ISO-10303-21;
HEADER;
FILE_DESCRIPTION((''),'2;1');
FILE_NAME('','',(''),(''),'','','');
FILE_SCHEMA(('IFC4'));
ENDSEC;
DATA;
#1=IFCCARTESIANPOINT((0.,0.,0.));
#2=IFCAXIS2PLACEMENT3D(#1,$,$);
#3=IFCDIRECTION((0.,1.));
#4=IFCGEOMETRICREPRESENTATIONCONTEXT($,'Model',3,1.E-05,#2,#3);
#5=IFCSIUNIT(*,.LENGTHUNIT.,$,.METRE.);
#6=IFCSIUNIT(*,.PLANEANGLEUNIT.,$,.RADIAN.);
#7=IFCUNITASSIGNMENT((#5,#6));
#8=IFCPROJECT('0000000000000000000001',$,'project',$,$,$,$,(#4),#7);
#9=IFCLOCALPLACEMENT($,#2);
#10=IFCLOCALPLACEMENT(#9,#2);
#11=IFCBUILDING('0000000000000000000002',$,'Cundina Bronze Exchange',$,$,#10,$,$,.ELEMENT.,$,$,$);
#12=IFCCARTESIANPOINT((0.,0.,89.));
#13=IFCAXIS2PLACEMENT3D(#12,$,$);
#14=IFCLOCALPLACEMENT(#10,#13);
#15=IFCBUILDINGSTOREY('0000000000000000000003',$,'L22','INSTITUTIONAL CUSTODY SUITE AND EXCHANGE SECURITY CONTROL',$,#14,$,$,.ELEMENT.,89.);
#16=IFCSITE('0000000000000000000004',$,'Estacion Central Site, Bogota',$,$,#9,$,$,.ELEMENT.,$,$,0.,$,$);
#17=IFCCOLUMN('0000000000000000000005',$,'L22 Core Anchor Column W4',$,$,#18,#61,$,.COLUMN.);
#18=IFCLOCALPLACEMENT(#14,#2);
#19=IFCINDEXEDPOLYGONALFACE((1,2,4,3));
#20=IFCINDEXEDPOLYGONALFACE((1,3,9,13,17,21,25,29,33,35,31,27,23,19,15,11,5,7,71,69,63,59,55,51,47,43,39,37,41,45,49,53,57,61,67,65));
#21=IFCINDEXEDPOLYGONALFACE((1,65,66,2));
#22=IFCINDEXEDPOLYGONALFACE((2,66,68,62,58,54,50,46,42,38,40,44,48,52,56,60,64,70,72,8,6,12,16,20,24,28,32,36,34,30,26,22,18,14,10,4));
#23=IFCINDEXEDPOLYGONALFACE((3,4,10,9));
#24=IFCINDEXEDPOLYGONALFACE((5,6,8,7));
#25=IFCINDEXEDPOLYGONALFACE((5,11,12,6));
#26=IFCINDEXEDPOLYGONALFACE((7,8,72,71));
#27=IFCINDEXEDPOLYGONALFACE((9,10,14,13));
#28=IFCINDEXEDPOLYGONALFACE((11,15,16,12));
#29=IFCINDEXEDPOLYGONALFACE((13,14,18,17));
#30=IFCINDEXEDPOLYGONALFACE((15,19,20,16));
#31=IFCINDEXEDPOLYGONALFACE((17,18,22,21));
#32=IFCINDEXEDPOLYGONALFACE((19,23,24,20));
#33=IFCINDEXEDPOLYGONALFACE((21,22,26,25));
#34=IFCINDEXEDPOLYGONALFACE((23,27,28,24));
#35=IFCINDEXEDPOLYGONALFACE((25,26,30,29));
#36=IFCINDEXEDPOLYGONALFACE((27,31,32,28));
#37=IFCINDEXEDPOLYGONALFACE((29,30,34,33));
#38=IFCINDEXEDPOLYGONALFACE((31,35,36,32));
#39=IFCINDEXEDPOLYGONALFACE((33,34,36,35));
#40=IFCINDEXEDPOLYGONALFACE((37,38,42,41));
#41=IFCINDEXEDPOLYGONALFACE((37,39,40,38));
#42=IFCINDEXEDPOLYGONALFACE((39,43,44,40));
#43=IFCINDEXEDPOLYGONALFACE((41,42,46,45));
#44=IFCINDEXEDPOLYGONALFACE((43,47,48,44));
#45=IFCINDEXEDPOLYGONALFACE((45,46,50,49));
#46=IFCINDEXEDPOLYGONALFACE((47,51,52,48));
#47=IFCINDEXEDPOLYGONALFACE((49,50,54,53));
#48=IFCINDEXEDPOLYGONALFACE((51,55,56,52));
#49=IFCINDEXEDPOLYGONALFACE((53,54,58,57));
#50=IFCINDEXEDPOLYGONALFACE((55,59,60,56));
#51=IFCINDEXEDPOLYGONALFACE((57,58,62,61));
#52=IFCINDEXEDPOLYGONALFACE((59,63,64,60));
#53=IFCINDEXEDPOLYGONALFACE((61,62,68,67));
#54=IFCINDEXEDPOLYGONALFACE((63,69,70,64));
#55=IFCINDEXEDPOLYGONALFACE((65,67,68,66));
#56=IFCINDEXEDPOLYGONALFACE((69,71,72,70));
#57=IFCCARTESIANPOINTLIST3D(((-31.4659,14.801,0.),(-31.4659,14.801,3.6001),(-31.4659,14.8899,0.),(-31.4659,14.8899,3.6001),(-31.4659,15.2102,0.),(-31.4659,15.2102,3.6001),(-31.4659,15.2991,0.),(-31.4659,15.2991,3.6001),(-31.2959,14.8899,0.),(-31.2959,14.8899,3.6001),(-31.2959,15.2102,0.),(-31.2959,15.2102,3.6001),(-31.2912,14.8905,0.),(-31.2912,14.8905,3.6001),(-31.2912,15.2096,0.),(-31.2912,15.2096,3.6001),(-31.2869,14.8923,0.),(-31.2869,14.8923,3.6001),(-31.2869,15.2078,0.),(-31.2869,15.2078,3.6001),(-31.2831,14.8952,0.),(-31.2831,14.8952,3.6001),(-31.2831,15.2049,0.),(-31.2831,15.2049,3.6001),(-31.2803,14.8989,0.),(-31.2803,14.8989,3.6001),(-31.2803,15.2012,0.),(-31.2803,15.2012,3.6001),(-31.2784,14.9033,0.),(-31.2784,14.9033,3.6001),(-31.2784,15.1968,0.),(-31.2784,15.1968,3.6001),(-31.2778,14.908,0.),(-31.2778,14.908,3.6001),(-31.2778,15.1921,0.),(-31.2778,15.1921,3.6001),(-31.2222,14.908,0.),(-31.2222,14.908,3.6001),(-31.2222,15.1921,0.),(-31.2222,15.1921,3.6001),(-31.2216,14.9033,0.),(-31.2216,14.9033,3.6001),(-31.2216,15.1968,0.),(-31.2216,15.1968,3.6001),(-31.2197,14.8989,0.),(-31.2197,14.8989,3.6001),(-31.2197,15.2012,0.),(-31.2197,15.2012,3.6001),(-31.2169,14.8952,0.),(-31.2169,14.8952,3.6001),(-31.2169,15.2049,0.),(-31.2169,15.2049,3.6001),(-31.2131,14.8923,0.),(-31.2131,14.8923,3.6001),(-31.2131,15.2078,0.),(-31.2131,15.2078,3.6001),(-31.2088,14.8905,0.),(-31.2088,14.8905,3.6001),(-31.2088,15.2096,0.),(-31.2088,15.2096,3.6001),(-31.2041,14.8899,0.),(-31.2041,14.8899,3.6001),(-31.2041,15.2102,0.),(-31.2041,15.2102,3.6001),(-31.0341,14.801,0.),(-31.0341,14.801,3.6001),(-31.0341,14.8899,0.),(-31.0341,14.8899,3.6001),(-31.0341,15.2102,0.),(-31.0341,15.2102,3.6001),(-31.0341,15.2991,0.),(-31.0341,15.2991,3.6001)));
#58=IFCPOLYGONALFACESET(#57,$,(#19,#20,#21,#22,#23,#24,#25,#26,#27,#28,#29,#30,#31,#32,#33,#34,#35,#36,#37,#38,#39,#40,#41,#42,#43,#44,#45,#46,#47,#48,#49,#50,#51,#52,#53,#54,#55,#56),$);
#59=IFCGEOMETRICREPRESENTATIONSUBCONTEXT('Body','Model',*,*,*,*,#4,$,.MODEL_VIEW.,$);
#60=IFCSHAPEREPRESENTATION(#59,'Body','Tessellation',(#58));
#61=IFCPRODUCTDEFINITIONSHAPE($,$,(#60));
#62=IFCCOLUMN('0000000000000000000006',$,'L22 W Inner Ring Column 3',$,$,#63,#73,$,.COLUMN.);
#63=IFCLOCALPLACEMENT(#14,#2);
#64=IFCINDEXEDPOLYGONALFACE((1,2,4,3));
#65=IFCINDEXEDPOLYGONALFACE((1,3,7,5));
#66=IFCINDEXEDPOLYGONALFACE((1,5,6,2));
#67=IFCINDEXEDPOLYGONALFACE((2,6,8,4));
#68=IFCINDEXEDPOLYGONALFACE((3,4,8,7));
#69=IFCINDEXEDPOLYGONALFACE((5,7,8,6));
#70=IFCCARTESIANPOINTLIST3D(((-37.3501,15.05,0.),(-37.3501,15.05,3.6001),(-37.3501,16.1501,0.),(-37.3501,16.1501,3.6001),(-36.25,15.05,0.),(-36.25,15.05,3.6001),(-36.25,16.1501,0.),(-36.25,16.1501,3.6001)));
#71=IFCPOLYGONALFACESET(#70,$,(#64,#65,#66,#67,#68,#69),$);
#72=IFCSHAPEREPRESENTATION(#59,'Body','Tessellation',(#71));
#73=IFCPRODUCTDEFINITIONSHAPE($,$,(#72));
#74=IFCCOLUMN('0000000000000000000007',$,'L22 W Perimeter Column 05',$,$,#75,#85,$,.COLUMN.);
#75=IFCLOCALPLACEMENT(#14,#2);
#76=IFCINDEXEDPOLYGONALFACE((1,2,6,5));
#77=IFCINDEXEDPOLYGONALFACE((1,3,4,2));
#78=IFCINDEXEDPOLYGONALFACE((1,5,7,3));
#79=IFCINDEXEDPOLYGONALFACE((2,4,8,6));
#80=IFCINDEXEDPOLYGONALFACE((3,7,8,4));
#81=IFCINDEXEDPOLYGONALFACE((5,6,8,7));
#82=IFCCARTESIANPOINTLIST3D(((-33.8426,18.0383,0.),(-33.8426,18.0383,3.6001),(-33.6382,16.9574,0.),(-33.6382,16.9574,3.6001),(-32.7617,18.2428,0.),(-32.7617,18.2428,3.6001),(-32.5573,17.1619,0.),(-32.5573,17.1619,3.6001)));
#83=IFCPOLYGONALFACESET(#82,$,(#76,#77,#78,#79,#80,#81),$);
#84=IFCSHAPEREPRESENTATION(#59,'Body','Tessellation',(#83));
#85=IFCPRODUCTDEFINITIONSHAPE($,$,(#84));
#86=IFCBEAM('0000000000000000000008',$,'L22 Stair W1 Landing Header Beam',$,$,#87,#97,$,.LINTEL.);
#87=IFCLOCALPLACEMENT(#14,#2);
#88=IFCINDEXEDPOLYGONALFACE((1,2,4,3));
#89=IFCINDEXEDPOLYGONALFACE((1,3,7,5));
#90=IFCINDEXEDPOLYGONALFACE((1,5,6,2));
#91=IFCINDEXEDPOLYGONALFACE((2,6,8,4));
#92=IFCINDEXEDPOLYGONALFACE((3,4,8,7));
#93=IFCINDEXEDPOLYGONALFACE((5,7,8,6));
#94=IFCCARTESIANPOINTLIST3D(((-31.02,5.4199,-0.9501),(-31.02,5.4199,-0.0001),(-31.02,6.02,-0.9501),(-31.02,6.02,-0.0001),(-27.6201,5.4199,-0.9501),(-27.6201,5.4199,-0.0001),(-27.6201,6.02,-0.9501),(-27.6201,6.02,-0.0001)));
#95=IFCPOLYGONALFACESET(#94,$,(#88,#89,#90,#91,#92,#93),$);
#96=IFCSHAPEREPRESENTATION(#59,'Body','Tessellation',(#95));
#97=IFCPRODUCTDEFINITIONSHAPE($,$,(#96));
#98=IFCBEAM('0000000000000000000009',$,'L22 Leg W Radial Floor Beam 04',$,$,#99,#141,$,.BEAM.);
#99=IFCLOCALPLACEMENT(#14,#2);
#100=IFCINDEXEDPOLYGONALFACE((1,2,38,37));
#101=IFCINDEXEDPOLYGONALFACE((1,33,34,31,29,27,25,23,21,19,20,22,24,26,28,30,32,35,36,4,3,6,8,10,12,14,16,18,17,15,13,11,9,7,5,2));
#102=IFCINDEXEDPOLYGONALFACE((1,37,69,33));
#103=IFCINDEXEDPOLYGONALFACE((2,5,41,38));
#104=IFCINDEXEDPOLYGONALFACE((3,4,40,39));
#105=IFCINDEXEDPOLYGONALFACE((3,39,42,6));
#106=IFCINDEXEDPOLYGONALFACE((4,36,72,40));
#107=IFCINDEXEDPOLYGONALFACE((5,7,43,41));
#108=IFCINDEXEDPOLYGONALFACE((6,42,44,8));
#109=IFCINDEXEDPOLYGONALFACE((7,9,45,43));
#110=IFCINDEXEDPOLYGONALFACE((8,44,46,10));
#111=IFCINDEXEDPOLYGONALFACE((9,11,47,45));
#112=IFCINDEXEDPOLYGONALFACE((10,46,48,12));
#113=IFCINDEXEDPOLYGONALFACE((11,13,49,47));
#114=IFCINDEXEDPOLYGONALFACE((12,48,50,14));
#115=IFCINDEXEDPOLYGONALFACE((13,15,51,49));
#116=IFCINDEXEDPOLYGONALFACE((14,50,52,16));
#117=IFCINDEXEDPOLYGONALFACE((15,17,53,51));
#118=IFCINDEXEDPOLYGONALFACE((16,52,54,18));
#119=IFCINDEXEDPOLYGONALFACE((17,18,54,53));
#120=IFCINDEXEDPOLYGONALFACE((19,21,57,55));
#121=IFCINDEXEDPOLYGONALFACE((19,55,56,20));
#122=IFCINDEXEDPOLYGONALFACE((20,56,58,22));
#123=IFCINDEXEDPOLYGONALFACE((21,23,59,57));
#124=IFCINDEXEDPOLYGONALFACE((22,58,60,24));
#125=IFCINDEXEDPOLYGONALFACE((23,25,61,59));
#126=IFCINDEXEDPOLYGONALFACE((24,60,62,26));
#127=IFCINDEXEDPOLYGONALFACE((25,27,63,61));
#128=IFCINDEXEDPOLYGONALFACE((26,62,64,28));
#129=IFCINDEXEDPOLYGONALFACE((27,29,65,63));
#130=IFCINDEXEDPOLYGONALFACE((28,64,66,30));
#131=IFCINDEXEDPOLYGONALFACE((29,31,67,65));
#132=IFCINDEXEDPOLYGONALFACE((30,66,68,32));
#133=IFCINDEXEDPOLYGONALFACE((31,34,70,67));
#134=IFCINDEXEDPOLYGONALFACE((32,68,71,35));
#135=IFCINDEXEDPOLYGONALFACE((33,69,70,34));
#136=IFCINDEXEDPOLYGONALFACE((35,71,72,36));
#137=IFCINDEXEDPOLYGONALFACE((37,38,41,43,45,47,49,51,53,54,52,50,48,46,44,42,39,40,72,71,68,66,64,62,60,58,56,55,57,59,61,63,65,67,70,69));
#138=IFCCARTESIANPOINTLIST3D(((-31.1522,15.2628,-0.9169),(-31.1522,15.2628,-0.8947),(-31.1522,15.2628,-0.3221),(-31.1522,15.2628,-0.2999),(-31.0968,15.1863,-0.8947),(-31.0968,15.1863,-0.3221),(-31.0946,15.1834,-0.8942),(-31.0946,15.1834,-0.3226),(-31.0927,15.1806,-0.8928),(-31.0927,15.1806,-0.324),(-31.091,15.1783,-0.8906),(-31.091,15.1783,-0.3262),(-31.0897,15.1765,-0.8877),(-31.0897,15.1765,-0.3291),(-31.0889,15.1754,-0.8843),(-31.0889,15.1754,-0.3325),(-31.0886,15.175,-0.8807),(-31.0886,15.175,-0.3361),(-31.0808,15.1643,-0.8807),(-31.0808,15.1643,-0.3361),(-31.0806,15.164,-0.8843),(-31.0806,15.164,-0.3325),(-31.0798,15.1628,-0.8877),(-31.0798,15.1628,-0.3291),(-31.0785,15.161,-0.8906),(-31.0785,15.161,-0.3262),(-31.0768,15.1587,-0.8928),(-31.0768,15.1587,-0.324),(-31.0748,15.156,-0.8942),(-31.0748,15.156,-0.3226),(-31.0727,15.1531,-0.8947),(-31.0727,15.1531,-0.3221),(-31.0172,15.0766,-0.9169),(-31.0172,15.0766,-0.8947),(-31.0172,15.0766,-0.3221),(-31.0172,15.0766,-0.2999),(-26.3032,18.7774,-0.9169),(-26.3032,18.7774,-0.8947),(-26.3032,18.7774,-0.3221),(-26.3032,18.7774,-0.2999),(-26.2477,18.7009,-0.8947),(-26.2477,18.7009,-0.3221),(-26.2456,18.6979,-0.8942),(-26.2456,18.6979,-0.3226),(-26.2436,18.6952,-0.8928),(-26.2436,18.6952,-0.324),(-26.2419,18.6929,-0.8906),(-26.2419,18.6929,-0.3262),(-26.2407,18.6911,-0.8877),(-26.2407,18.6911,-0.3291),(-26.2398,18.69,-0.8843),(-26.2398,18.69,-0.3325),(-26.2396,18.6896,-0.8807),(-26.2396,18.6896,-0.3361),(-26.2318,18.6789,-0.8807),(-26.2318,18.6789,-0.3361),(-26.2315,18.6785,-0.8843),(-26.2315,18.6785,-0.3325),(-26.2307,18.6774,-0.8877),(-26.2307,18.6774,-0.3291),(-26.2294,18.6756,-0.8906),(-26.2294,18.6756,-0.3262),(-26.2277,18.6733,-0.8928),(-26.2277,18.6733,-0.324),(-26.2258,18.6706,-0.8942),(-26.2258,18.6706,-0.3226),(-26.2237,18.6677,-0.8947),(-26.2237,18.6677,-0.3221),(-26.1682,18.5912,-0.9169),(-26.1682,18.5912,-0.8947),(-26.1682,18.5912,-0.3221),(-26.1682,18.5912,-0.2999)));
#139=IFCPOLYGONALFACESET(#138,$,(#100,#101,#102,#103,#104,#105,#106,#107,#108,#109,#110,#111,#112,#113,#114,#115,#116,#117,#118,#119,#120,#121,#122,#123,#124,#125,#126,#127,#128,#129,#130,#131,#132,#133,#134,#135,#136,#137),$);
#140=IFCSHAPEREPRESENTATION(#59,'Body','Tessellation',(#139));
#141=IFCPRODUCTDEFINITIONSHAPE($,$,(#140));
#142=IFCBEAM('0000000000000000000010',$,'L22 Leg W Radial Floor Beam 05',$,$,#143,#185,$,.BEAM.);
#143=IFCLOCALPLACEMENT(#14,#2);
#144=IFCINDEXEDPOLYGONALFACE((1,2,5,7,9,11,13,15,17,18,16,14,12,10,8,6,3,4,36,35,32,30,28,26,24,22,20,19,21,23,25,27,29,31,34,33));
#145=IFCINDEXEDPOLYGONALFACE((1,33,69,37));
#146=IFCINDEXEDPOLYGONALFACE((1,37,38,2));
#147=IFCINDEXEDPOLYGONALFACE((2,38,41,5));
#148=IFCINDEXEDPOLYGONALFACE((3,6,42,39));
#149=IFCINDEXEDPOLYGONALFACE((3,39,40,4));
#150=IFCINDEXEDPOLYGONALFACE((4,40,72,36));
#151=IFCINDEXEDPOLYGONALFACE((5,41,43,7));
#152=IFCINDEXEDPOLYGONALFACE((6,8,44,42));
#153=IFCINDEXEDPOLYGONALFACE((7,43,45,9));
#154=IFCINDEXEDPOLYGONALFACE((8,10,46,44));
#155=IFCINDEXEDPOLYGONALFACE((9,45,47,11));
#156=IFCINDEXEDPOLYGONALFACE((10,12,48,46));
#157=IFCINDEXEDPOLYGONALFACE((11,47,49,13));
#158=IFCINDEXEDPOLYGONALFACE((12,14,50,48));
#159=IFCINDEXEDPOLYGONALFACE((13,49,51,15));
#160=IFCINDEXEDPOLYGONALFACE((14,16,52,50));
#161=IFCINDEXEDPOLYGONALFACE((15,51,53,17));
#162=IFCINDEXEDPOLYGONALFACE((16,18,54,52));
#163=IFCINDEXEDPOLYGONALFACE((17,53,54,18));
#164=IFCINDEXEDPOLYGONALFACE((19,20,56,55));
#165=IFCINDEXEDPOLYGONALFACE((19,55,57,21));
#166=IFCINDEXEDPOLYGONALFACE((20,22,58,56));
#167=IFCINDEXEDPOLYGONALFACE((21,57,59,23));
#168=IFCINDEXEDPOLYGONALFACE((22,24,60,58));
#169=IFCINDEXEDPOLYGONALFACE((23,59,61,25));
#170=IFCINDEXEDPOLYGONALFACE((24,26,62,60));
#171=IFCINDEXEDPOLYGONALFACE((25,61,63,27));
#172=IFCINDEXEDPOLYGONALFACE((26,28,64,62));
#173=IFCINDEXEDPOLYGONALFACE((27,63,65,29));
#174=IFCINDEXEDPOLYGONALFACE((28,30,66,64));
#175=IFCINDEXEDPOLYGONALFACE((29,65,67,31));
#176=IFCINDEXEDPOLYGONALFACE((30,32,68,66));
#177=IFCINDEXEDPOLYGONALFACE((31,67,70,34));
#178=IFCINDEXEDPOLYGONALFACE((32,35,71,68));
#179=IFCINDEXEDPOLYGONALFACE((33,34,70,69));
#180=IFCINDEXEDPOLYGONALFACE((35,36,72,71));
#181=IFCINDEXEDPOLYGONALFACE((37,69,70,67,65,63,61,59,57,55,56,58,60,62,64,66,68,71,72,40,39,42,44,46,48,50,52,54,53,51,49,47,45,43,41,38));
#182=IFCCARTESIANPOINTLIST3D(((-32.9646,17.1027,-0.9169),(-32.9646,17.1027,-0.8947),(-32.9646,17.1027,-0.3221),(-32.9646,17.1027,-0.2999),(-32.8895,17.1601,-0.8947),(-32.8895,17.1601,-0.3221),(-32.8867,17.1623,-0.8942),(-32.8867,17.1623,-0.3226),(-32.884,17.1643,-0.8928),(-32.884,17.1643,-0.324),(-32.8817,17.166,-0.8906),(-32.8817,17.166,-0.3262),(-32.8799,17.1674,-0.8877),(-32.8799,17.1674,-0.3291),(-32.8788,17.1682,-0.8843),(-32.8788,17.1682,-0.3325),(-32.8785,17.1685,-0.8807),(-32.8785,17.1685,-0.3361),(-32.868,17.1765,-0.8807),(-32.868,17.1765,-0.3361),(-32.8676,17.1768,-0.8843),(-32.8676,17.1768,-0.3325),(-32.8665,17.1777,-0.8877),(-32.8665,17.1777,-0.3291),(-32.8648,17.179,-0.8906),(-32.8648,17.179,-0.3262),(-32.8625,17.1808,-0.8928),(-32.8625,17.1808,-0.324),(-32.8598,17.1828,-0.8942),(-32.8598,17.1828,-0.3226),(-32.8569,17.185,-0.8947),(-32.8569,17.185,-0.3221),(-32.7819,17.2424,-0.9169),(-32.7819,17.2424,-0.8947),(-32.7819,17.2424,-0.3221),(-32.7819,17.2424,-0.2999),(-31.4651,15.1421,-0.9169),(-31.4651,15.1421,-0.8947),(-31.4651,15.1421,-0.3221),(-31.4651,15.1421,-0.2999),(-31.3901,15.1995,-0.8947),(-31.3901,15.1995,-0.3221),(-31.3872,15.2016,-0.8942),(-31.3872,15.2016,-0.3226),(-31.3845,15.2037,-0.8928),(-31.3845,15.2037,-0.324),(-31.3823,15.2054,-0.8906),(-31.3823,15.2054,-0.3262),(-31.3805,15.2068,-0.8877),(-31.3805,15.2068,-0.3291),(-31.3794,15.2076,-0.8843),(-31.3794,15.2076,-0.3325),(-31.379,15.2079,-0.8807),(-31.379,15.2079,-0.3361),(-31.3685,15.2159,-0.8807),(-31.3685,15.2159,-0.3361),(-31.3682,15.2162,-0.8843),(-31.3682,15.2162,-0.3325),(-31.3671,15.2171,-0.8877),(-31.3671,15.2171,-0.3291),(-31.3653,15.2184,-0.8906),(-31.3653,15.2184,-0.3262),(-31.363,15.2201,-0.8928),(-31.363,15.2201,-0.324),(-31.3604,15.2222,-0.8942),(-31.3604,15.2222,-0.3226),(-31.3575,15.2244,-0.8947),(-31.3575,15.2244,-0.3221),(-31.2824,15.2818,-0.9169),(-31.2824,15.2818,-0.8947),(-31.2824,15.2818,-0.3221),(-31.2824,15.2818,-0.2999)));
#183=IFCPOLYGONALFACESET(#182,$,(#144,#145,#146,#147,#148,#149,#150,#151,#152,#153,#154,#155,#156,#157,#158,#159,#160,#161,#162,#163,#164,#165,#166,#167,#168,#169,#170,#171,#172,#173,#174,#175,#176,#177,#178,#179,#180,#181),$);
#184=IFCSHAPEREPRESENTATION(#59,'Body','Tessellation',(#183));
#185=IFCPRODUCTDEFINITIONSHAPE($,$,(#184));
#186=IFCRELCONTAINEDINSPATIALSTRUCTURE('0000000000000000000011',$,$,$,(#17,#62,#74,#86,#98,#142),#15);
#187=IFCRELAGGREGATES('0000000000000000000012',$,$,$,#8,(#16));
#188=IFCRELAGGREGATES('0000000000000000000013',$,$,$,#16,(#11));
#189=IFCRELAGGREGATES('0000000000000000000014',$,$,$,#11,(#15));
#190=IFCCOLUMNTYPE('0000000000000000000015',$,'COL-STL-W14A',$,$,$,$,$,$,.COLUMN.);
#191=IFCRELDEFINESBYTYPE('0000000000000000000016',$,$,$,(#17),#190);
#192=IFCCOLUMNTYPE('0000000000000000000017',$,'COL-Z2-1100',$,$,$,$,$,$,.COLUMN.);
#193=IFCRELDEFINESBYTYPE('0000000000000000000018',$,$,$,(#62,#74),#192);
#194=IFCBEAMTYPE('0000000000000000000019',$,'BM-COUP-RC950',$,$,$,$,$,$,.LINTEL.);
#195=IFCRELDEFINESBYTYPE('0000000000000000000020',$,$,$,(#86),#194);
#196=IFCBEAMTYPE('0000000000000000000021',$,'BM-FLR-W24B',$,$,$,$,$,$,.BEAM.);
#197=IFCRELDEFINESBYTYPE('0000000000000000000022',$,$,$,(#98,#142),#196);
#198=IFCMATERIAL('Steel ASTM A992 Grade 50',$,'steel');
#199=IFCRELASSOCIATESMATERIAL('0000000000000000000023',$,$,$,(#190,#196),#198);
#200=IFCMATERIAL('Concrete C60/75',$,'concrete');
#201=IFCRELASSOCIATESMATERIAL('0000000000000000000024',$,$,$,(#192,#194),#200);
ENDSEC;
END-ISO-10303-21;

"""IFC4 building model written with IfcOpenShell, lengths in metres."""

from ifc_helpers import new_model, si_unit, direction, frame, origin, origin_2d, place, context, subcontext, project, spatial, rectangle, i_section, extrude, material, material_profile, profile_set, type_object, element, save


model = new_model("IFC4")

# Units and contexts
model_context = context("Model", 3, precision=1e-05, world=origin(), true_north=direction((0.0, 1.0)))
body_context = subcontext(model_context, "Body", "Model", "MODEL_VIEW")
ifc_project = project(units=[si_unit("LENGTHUNIT", "METRE"), si_unit("PLANEANGLEUNIT", "RADIAN")], contexts=[model_context])

# Site, building, storey
site_placement = place(None, origin())
site = spatial("IfcSite", under=ifc_project, at=site_placement, Name="Estacion Central Site, Bogota", CompositionType="ELEMENT", RefElevation=0.0)
building_placement = place(site_placement, origin())
building = spatial("IfcBuilding", under=site, at=building_placement, Name="Cundina Bronze Exchange", CompositionType="ELEMENT")
storey_placement = place(building_placement, frame((0.0, 0.0, 89.0)))
storey = spatial("IfcBuildingStorey", under=building, at=storey_placement, Name="L22", Description="INSTITUTIONAL CUSTODY SUITE AND EXCHANGE SECURITY CONTROL", CompositionType="ELEMENT", Elevation=89.0)

# Columns
ifc_material_1 = material(Name="Steel ASTM A992 Grade 50", Category="steel")
ifc_material_profile_1 = material_profile(ifc_material_1, i_section(OverallWidth=0.4319, OverallDepth=0.498, WebThickness=0.0557, FlangeThickness=0.0889, FilletRadius=0.0181, at=origin_2d()), Name="W14X500", Category="steel")
ifc_profile_set_1 = profile_set([ifc_material_profile_1], Name="Steel ASTM A992 Grade 50")
column_type_1 = type_object("IfcColumnType", Name="COL-STL-W14A", PredefinedType="COLUMN", material=ifc_profile_set_1)
column_placement = place(storey_placement, frame((-31.25, 15.05, 0.0), z_axis=(0.0, 0.0, 1.0), x_axis=(1.0, 0.0, 0.0)))
element("IfcColumn", 1, at=column_placement, inside=storey, type_object=column_type_1, Name="L22 Core Anchor Column W4", PredefinedType="COLUMN", context=body_context, shape_type="SweptSolid", body=[
    extrude(i_section(OverallWidth=0.4319, OverallDepth=0.498, WebThickness=0.0557, FlangeThickness=0.0889, FilletRadius=0.0181, at=origin_2d()), origin(), (0.0, 0.0, 1.0), 3.6001),
])
ifc_material_2 = material(Name="Concrete C60/75", Category="concrete")
ifc_material_profile_2 = material_profile(ifc_material_2, rectangle(XDim=1.1001, YDim=1.1001, at=origin_2d()), Name="RC1100X1100", Category="concrete")
ifc_profile_set_2 = profile_set([ifc_material_profile_2], Name="Concrete C60/75")
column_type_2 = type_object("IfcColumnType", Name="COL-Z2-1100", PredefinedType="COLUMN", material=ifc_profile_set_2)
for number, where, z_axis, x_axis, name in (
    (2, (-36.8, 15.6001, 0.0), (0.0, 0.0, 1.0), (1.0, 0.0, 0.0), "L22 W Inner Ring Column 3"),
    (3, (-33.2, 17.6001, 0.0), (0.0, 0.0, 1.0), (-0.98258, -0.185838, 0.0), "L22 W Perimeter Column 05"),
):
    element("IfcColumn", number, at=place(storey_placement, frame(where, z_axis=z_axis, x_axis=x_axis)), inside=storey, type_object=column_type_2, Name=name, PredefinedType="COLUMN", context=body_context, shape_type="SweptSolid", body=[
        extrude(rectangle(XDim=1.1001, YDim=1.1001, at=origin_2d()), origin(), (0.0, 0.0, 1.0), 3.6001),
    ])

# Beams
ifc_material_profile_3 = material_profile(ifc_material_2, rectangle(XDim=0.6001, YDim=0.95, at=origin_2d()), Name="RC600X950", Category="concrete")
ifc_profile_set_3 = profile_set([ifc_material_profile_3], Name="Concrete C60/75")
beam_type_1 = type_object("IfcBeamType", Name="BM-COUP-RC950", PredefinedType="LINTEL", material=ifc_profile_set_3)
beam_1_placement = place(storey_placement, frame((-31.02, 5.72, -0.4751), z_axis=(1.0, 0.0, 0.0), x_axis=(0.0, 1.0, 0.0)))
element("IfcBeam", 4, at=beam_1_placement, inside=storey, type_object=beam_type_1, Name="L22 Stair W1 Landing Header Beam", PredefinedType="LINTEL", context=body_context, shape_type="SweptSolid", body=[
    extrude(rectangle(XDim=0.6001, YDim=0.95, at=origin_2d()), origin(), (0.0, 0.0, 1.0), 3.3999),
])
ifc_material_profile_4 = material_profile(ifc_material_1, i_section(OverallWidth=0.23, OverallDepth=0.6169, WebThickness=0.0132, FlangeThickness=0.0222, FilletRadius=0.0139, at=origin_2d()), Name="W24X94", Category="steel")
ifc_profile_set_4 = profile_set([ifc_material_profile_4], Name="Steel ASTM A992 Grade 50")
beam_type_2 = type_object("IfcBeamType", Name="BM-FLR-W24B", PredefinedType="BEAM", material=ifc_profile_set_4)
beam_2_placement = place(storey_placement, frame((-31.0847, 15.1697, -0.6084), z_axis=(0.809687, 0.586862, 0.0), x_axis=(-0.586862, 0.809687, 0.0)))
element("IfcBeam", 5, at=beam_2_placement, inside=storey, type_object=beam_type_2, Name="L22 Leg W Radial Floor Beam 04", PredefinedType="BEAM", context=body_context, shape_type="SweptSolid", body=[
    extrude(i_section(OverallWidth=0.23, OverallDepth=0.6169, WebThickness=0.0132, FlangeThickness=0.0222, FilletRadius=0.0139, at=origin_2d()), origin(), (0.0, 0.0, 1.0), 5.9888),
])
beam_3_placement = place(storey_placement, frame((-31.3738, 15.2119, -0.6084), z_axis=(-0.60749, 0.794327, 0.0), x_axis=(-0.794327, -0.60749, 0.0)))
element("IfcBeam", 6, at=beam_3_placement, inside=storey, type_object=beam_type_2, Name="L22 Leg W Radial Floor Beam 05", PredefinedType="BEAM", context=body_context, shape_type="SweptSolid", body=[
    extrude(i_section(OverallWidth=0.23, OverallDepth=0.6169, WebThickness=0.0132, FlangeThickness=0.0222, FilletRadius=0.0139, at=origin_2d()), origin(), (0.0, 0.0, 1.0), 2.4683),
])

save(model, "model.ifc")
